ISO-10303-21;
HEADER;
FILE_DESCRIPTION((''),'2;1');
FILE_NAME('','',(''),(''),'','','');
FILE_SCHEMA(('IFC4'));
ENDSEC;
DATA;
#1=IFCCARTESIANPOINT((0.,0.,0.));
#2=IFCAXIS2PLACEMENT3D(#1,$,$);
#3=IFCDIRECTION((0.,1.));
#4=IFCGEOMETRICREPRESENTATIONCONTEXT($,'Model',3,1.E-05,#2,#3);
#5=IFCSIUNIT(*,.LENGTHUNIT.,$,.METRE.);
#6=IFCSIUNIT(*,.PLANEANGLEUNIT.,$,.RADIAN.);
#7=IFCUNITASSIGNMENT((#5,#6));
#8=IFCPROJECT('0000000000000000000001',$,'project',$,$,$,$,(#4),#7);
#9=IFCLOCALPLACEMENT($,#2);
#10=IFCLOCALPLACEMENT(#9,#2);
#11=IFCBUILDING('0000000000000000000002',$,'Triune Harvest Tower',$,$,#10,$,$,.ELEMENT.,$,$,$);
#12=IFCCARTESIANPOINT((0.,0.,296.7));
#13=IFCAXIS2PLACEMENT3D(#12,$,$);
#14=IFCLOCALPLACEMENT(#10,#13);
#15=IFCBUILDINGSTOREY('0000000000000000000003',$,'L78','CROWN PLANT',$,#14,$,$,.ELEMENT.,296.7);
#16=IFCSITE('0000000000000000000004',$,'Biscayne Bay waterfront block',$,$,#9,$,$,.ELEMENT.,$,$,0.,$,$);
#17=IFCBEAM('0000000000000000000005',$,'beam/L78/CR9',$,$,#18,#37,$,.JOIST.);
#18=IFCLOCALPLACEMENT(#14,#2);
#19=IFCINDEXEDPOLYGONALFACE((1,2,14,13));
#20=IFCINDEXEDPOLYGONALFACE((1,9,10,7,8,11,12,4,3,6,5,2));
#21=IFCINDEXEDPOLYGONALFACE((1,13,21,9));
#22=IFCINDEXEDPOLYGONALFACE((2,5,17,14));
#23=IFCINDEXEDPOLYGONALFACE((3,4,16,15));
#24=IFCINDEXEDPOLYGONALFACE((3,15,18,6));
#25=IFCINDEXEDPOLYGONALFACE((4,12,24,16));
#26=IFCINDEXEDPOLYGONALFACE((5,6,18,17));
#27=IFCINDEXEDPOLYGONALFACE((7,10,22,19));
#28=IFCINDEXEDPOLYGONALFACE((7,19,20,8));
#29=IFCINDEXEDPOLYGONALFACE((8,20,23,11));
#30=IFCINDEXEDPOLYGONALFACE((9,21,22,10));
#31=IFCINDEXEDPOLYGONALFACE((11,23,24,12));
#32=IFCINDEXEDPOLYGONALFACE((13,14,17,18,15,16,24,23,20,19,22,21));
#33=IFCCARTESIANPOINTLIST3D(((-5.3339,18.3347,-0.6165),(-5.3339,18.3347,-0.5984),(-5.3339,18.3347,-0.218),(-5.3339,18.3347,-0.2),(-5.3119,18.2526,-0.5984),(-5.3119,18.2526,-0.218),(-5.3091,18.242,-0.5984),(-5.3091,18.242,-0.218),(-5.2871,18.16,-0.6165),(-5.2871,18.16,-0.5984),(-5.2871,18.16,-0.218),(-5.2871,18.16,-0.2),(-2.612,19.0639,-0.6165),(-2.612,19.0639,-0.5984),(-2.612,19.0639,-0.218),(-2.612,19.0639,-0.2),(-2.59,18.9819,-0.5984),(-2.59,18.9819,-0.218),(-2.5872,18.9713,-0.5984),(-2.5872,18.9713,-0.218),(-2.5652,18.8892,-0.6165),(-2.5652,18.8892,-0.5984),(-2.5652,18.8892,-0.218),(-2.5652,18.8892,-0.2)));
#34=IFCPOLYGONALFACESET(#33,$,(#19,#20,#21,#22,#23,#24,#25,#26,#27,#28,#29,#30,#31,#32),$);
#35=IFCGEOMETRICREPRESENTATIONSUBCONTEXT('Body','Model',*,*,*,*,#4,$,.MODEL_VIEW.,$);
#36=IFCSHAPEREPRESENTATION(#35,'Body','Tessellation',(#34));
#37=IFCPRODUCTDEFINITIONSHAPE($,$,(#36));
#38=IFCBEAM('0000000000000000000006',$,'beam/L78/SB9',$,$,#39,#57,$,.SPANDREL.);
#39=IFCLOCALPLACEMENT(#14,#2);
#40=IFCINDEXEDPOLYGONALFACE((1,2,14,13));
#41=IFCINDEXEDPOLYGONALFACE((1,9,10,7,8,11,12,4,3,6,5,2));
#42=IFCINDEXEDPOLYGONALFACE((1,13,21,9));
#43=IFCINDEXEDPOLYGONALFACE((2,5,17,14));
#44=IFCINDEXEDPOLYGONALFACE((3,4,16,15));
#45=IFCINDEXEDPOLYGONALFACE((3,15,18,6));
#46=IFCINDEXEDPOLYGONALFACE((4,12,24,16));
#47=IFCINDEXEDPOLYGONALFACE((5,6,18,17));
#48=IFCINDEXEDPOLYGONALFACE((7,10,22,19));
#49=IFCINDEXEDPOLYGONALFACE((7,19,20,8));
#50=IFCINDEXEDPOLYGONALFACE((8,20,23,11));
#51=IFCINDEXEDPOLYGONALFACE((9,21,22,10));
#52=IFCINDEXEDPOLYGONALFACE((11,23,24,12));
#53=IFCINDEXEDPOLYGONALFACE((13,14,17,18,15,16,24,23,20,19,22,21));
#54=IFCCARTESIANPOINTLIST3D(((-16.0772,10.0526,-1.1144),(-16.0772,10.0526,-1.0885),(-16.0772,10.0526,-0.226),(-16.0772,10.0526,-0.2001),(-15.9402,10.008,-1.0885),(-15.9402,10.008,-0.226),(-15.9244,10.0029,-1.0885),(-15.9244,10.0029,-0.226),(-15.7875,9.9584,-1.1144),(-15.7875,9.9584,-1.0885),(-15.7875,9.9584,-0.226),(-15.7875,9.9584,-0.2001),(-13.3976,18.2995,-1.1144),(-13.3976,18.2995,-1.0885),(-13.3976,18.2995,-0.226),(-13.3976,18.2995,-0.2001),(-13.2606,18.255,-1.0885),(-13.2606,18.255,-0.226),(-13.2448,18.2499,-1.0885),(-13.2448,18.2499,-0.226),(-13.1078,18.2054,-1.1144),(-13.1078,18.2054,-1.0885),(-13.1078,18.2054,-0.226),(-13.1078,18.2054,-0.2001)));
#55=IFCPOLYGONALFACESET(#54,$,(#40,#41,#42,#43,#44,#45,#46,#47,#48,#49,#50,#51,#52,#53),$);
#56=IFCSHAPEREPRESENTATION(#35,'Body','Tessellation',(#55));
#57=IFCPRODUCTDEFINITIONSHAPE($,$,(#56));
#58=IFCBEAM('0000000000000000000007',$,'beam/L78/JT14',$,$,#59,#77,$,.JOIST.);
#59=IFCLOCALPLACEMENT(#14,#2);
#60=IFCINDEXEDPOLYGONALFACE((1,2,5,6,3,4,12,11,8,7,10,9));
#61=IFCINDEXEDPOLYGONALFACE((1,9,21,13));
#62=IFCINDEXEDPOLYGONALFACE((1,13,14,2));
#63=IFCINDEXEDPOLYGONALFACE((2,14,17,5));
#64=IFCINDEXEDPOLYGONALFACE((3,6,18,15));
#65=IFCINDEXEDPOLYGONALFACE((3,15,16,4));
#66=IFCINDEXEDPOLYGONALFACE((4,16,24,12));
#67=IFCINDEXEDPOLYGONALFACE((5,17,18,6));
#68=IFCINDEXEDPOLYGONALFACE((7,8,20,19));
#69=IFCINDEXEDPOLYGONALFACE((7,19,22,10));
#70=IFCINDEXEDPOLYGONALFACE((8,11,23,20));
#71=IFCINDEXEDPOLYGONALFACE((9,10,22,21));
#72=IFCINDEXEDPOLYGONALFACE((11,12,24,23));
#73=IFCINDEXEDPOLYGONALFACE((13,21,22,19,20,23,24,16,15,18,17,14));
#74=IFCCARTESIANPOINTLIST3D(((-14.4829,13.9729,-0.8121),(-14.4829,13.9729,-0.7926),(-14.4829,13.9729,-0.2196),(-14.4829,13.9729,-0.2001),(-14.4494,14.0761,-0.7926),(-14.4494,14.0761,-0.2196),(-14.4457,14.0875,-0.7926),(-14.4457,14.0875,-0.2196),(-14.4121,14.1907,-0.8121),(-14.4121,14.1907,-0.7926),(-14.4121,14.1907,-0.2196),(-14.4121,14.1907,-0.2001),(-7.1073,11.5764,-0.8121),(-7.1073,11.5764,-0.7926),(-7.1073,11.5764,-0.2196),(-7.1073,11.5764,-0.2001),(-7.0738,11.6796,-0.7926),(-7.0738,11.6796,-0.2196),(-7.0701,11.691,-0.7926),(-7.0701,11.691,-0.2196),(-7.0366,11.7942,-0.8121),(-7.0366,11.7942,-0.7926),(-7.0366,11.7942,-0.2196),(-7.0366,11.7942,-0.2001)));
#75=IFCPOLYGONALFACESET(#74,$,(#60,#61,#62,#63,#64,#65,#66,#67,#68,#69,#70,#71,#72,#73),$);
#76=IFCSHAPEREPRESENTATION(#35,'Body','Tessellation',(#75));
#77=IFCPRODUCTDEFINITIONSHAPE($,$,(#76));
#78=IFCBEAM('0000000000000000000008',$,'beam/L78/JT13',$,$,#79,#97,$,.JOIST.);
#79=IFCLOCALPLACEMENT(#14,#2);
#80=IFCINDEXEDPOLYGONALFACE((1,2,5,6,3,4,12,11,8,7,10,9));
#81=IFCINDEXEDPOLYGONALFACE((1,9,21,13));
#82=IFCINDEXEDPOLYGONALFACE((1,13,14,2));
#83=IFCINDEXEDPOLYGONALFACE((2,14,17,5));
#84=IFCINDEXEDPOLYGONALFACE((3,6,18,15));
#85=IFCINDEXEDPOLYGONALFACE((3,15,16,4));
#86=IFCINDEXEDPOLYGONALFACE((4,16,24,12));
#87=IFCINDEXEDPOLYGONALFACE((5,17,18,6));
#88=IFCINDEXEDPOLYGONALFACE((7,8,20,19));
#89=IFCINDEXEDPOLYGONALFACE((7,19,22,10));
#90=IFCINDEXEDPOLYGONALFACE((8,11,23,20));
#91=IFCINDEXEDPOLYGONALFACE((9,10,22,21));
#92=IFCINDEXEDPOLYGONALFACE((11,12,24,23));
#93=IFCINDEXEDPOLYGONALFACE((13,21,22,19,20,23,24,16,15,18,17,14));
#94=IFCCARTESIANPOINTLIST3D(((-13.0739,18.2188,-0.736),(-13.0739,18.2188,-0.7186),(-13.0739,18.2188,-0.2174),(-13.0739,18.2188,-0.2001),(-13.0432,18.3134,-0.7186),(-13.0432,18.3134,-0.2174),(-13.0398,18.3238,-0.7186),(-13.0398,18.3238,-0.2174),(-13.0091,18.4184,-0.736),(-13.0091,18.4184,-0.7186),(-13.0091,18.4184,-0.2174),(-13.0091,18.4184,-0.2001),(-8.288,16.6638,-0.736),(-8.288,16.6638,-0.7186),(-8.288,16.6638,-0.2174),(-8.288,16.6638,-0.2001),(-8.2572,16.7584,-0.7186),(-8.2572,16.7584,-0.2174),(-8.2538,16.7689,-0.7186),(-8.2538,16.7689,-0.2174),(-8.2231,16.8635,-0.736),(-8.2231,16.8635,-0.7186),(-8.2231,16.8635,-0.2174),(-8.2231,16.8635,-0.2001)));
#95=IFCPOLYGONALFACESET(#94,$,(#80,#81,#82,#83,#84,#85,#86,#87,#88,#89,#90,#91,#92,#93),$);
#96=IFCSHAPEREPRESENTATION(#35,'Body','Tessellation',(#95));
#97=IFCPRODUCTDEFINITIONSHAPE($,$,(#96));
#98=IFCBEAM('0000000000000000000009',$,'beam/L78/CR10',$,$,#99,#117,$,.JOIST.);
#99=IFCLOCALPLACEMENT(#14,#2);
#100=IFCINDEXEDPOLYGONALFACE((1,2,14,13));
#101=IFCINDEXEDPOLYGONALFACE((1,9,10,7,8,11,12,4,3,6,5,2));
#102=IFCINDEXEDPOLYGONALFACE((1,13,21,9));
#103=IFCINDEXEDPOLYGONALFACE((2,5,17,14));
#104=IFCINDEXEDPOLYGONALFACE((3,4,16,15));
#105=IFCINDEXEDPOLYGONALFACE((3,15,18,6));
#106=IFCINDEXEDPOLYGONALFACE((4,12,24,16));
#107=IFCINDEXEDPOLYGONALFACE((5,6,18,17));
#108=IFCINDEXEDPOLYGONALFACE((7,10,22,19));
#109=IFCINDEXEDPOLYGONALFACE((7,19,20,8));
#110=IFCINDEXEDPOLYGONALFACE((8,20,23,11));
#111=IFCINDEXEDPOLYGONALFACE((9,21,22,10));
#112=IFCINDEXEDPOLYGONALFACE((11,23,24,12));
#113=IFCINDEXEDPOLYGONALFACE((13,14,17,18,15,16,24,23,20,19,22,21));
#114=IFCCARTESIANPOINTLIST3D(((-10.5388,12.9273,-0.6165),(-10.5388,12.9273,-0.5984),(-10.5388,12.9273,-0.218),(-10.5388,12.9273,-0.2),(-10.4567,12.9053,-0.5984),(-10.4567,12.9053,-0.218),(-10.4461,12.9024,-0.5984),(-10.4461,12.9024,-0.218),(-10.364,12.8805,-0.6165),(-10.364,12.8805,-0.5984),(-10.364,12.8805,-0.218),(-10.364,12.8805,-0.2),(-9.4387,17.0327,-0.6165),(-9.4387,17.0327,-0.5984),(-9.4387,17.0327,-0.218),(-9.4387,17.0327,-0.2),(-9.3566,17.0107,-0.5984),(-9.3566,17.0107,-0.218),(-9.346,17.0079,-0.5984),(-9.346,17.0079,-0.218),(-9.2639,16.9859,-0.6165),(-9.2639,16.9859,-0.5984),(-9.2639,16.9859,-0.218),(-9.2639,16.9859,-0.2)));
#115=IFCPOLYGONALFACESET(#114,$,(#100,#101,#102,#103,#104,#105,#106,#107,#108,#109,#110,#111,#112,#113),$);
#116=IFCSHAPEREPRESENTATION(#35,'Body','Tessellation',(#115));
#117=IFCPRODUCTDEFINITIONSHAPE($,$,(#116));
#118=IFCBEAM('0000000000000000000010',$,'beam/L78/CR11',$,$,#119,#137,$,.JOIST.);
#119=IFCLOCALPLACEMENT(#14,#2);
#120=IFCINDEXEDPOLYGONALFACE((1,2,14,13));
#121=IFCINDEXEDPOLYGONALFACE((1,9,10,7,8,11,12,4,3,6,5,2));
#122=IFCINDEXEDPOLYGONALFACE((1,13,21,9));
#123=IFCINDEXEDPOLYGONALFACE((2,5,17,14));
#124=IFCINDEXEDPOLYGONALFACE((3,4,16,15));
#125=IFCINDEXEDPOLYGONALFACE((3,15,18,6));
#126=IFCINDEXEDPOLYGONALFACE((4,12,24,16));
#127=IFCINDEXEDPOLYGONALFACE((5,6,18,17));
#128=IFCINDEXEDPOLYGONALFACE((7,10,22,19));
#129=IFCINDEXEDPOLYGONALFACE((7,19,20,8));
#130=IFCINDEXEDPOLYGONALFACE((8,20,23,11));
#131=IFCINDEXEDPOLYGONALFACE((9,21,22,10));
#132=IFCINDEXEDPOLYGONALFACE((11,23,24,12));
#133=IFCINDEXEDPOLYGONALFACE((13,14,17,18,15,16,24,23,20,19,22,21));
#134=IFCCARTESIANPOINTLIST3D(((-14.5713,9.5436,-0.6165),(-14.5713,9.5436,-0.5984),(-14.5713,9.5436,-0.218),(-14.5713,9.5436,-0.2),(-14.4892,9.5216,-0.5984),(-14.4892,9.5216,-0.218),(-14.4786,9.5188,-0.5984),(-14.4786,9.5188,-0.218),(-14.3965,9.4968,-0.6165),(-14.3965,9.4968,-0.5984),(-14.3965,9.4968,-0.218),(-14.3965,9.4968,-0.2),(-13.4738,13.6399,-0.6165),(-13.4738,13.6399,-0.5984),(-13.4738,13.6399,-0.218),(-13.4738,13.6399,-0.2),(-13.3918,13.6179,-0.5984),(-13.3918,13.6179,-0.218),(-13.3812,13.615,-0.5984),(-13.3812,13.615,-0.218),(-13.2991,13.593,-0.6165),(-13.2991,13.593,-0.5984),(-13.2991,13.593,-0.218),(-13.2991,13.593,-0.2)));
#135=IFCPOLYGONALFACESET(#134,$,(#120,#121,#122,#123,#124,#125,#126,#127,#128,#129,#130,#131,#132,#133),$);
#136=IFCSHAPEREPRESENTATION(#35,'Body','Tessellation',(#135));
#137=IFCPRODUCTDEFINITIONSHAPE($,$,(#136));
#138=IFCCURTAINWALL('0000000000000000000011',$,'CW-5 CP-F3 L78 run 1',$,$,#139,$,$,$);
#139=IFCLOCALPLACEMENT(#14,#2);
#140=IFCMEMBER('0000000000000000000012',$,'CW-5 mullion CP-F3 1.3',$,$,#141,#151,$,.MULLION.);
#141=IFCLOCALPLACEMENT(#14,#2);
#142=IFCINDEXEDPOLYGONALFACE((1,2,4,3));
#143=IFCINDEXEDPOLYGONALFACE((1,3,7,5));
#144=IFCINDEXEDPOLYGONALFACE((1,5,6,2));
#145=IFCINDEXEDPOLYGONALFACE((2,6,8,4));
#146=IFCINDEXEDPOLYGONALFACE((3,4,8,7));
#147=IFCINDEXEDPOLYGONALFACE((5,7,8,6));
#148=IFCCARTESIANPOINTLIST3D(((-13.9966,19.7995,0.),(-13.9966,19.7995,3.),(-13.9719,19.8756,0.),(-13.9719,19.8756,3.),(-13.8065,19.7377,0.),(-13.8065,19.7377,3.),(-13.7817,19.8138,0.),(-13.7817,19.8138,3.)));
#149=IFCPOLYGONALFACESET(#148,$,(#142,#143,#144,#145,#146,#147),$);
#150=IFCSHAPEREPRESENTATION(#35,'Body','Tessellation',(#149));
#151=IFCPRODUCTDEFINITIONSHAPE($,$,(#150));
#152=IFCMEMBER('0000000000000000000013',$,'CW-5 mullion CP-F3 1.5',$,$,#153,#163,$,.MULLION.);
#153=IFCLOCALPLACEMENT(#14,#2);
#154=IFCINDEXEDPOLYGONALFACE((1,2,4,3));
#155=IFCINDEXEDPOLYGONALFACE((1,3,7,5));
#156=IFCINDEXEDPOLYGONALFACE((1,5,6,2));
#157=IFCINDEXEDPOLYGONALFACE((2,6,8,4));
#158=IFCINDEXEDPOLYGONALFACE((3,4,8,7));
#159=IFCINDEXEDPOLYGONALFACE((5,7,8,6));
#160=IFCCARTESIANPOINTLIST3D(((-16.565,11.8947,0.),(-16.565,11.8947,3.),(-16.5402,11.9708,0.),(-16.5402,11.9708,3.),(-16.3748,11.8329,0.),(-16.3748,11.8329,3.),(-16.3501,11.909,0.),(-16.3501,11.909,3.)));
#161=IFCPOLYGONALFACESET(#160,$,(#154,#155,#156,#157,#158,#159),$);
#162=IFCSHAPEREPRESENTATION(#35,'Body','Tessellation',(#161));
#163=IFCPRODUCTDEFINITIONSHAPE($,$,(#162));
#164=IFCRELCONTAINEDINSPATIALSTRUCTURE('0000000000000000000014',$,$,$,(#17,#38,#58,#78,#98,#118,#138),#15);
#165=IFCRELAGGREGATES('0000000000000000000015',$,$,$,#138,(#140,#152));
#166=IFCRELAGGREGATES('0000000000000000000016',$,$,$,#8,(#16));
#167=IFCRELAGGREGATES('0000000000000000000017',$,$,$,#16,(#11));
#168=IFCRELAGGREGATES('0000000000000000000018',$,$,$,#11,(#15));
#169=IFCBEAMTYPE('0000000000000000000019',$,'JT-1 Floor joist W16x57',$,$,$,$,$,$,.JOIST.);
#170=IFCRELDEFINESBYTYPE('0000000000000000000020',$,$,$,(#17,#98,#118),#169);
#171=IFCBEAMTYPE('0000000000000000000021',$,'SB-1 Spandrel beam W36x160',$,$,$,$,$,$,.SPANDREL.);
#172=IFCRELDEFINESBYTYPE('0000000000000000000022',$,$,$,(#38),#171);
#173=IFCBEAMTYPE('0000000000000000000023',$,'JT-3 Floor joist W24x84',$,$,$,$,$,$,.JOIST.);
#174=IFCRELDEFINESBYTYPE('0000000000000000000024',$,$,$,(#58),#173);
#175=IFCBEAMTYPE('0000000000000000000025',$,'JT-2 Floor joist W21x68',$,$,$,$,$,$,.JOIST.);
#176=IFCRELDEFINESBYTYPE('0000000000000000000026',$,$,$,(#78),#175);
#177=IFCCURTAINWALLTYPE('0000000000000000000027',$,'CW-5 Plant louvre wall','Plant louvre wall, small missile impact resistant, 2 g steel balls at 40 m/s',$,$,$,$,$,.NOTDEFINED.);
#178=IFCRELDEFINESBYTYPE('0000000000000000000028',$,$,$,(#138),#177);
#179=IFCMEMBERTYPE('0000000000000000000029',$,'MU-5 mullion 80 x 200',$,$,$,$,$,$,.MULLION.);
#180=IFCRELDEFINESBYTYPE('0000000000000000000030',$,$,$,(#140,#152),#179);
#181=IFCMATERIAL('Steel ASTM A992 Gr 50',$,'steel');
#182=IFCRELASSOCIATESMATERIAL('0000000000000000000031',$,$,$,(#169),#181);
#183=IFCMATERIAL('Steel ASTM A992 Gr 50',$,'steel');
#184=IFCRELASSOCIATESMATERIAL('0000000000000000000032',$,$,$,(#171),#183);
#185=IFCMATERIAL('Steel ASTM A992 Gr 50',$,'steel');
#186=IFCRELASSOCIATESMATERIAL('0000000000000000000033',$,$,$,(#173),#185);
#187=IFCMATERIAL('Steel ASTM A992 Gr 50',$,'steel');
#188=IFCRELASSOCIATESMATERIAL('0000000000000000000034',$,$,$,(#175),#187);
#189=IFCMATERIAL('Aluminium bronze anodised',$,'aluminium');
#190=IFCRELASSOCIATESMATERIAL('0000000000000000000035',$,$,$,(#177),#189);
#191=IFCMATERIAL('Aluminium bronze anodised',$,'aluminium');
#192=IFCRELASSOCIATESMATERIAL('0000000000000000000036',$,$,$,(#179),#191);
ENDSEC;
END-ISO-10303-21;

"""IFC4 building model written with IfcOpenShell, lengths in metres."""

from ifc_helpers import new_model, si_unit, direction, frame, origin, origin_2d, place, context, subcontext, project, spatial, rectangle, i_section, extrude, source, transform, mapped, material, material_profile, profile_set, type_object, element, aggregate, save


model = new_model("IFC4")

# Units and contexts
model_context = context("Model", 3, precision=1e-05, world=origin(), true_north=direction((0.0, 1.0)))
body_context = subcontext(model_context, "Body", "Model", "MODEL_VIEW")
ifc_project = project(units=[si_unit("LENGTHUNIT", "METRE"), si_unit("PLANEANGLEUNIT", "RADIAN")], contexts=[model_context])

# Site, building, storey
site_placement = place(None, origin())
site = spatial("IfcSite", under=ifc_project, at=site_placement, Name="Biscayne Bay waterfront block", CompositionType="ELEMENT", RefElevation=0.0)
building_placement = place(site_placement, origin())
building = spatial("IfcBuilding", under=site, at=building_placement, Name="Triune Harvest Tower", CompositionType="ELEMENT")
storey_placement = place(building_placement, frame((0.0, 0.0, 296.7)))
storey = spatial("IfcBuildingStorey", under=building, at=storey_placement, Name="L78", Description="CROWN PLANT", CompositionType="ELEMENT", Elevation=296.7)

# Beams
ifc_material_1 = material(Name="Steel ASTM A992 Gr 50", Category="steel")
ifc_material_profile_1 = material_profile(ifc_material_1, i_section(OverallWidth=0.1809, OverallDepth=0.4165, WebThickness=0.011, FlangeThickness=0.0181, at=origin_2d()), Name="W16x57")
ifc_profile_set_1 = profile_set([ifc_material_profile_1], Name="Steel ASTM A992 Gr 50")
beam_type_1 = type_object("IfcBeamType", Name="JT-1 Floor joist W16x57", PredefinedType="JOIST", material=ifc_profile_set_1)
beam_1_placement = place(storey_placement, frame((-2.5886, 18.9766, -0.4082), z_axis=(-0.965934, -0.258789, 0.0), x_axis=(0.258789, -0.965934, 0.0)))
element("IfcBeam", 1, at=beam_1_placement, inside=storey, type_object=beam_type_1, Name="beam/L78/CR9", PredefinedType="JOIST", context=body_context, shape_type="SweptSolid", body=[
    extrude(i_section(OverallWidth=0.1809, OverallDepth=0.4165, WebThickness=0.011, FlangeThickness=0.0181, at=origin_2d()), origin(), (0.0, 0.0, 1.0), 2.8179),
])
ifc_material_2 = material(Name="Steel ASTM A992 Gr 50", Category="steel")
ifc_material_profile_2 = material_profile(ifc_material_2, i_section(OverallWidth=0.3047, OverallDepth=0.9143, WebThickness=0.0166, FlangeThickness=0.0259, at=origin_2d()), Name="W36x160")
ifc_profile_set_2 = profile_set([ifc_material_profile_2], Name="Steel ASTM A992 Gr 50")
beam_type_2 = type_object("IfcBeamType", Name="SB-1 Spandrel beam W36x160", PredefinedType="SPANDREL", material=ifc_profile_set_2)
shared_shape_1 = source(origin(), body_context, "Body", "SweptSolid", [
    extrude(i_section(OverallWidth=0.3047, OverallDepth=0.9143, WebThickness=0.0166, FlangeThickness=0.0259, at=origin_2d()), origin(), (0.0, 0.0, 1.0), 8.6714),
])
beam_2_placement = place(storey_placement, frame((-13.2527, 18.2524, -0.6572), z_axis=(-0.309022, -0.951055, 0.0), x_axis=(0.951055, -0.309022, 0.0)))
element("IfcBeam", 2, at=beam_2_placement, inside=storey, type_object=beam_type_2, Name="beam/L78/SB9", PredefinedType="SPANDREL", context=body_context, shape_type="MappedRepresentation", body=[
    mapped(shared_shape_1, transform((0.0, 0.0, 0.0), scale=1.0)),
])
ifc_material_3 = material(Name="Steel ASTM A992 Gr 50", Category="steel")
ifc_material_profile_3 = material_profile(ifc_material_3, i_section(OverallWidth=0.229, OverallDepth=0.6121, WebThickness=0.012, FlangeThickness=0.0195, at=origin_2d()), Name="W24x84")
ifc_profile_set_3 = profile_set([ifc_material_profile_3], Name="Steel ASTM A992 Gr 50")
beam_type_3 = type_object("IfcBeamType", Name="JT-3 Floor joist W24x84", PredefinedType="JOIST", material=ifc_profile_set_3)
shared_shape_2 = source(origin(), body_context, "Body", "SweptSolid", [
    extrude(i_section(OverallWidth=0.229, OverallDepth=0.6121, WebThickness=0.012, FlangeThickness=0.0195, at=origin_2d()), origin(), (0.0, 0.0, 1.0), 7.7551),
])
beam_3_placement = place(storey_placement, frame((-14.4475, 14.0818, -0.5061), z_axis=(0.951055, -0.309022, 0.0), x_axis=(0.309022, 0.951055, 0.0)))
element("IfcBeam", 3, at=beam_3_placement, inside=storey, type_object=beam_type_3, Name="beam/L78/JT14", PredefinedType="JOIST", context=body_context, shape_type="MappedRepresentation", body=[
    mapped(shared_shape_2, transform((0.0, 0.0, 0.0), scale=1.0)),
])
ifc_material_4 = material(Name="Steel ASTM A992 Gr 50", Category="steel")
ifc_material_profile_4 = material_profile(ifc_material_4, i_section(OverallWidth=0.21, OverallDepth=0.5359, WebThickness=0.011, FlangeThickness=0.0173, at=origin_2d()), Name="W21x68")
ifc_profile_set_4 = profile_set([ifc_material_profile_4], Name="Steel ASTM A992 Gr 50")
beam_type_4 = type_object("IfcBeamType", Name="JT-2 Floor joist W21x68", PredefinedType="JOIST", material=ifc_profile_set_4)
shared_shape_3 = source(origin(), body_context, "Body", "SweptSolid", [
    extrude(i_section(OverallWidth=0.21, OverallDepth=0.5359, WebThickness=0.011, FlangeThickness=0.0173, at=origin_2d()), origin(), (0.0, 0.0, 1.0), 5.0322),
])
beam_4_placement = place(storey_placement, frame((-13.0415, 18.3186, -0.468), z_axis=(0.951062, -0.308999, 0.0), x_axis=(0.308999, 0.951062, 0.0)))
element("IfcBeam", 4, at=beam_4_placement, inside=storey, type_object=beam_type_4, Name="beam/L78/JT13", PredefinedType="JOIST", context=body_context, shape_type="MappedRepresentation", body=[
    mapped(shared_shape_3, transform((0.0, 0.0, 0.0), scale=1.0)),
])
shared_shape_4 = source(origin(), body_context, "Body", "SweptSolid", [
    extrude(i_section(OverallWidth=0.1809, OverallDepth=0.4165, WebThickness=0.011, FlangeThickness=0.0181, at=origin_2d()), origin(), (0.0, 0.0, 1.0), 4.2502),
])
beam_5_placement = place(storey_placement, frame((-9.3513, 17.0093, -0.4082), z_axis=(-0.258828, -0.965923, 0.0), x_axis=(0.965923, -0.258828, 0.0)))
element("IfcBeam", 5, at=beam_5_placement, inside=storey, type_object=beam_type_1, Name="beam/L78/CR10", PredefinedType="JOIST", context=body_context, shape_type="MappedRepresentation", body=[
    mapped(shared_shape_4, transform((0.0, 0.0, 0.0), scale=1.0)),
])
shared_shape_5 = source(origin(), body_context, "Body", "SweptSolid", [
    extrude(i_section(OverallWidth=0.1809, OverallDepth=0.4165, WebThickness=0.011, FlangeThickness=0.0181, at=origin_2d()), origin(), (0.0, 0.0, 1.0), 4.2407),
])
beam_6_placement = place(storey_placement, frame((-13.3865, 13.6165, -0.4082), z_axis=(-0.258784, -0.965935, 0.0), x_axis=(0.965935, -0.258784, 0.0)))
element("IfcBeam", 6, at=beam_6_placement, inside=storey, type_object=beam_type_1, Name="beam/L78/CR11", PredefinedType="JOIST", context=body_context, shape_type="MappedRepresentation", body=[
    mapped(shared_shape_5, transform((0.0, 0.0, 0.0), scale=1.0)),
])

# Curtain wall, members
ifc_material_5 = material(Name="Aluminium bronze anodised", Category="aluminium")
curtain_wall_type = type_object("IfcCurtainWallType", Name="CW-5 Plant louvre wall", Description="Plant louvre wall, small missile impact resistant, 2 g steel balls at 40 m/s", PredefinedType="NOTDEFINED", material=ifc_material_5)
curtain_wall_placement = place(storey_placement, origin())
curtain_wall = element("IfcCurtainWall", 7, at=curtain_wall_placement, inside=storey, type_object=curtain_wall_type, Name="CW-5 CP-F3 L78 run 1")
ifc_material_6 = material(Name="Aluminium bronze anodised", Category="aluminium")
ifc_material_profile_5 = material_profile(ifc_material_6, rectangle(XDim=0.2, YDim=0.0801, at=origin_2d()), Name="MU-5 mullion 80 x 200")
ifc_profile_set_5 = profile_set([ifc_material_profile_5], Name="Aluminium bronze anodised")
member_type_1 = type_object("IfcMemberType", Name="MU-5 mullion 80 x 200", PredefinedType="MULLION", material=ifc_profile_set_5)
shared_shape_6 = source(origin(), body_context, "Body", "SweptSolid", [
    extrude(rectangle(XDim=0.2, YDim=0.0801, at=origin_2d()), origin(), (0.0, 0.0, 1.0), 3.0),
])
member_1_placement = place(storey_placement, frame((-13.8892, 19.8066, 0.0), z_axis=(0.0, 0.0, 1.0), x_axis=(0.951057, -0.309016, 0.0)))
member_1 = element("IfcMember", 8, at=member_1_placement, type_object=member_type_1, Name="CW-5 mullion CP-F3 1.3", PredefinedType="MULLION", context=body_context, shape_type="MappedRepresentation", body=[
    mapped(shared_shape_6, transform((0.0, 0.0, 0.0), scale=1.0)),
])
member_2_placement = place(storey_placement, frame((-16.4575, 11.9019, 0.0), z_axis=(0.0, 0.0, 1.0), x_axis=(0.951057, -0.309016, 0.0)))
member_2 = element("IfcMember", 9, at=member_2_placement, type_object=member_type_1, Name="CW-5 mullion CP-F3 1.5", PredefinedType="MULLION", context=body_context, shape_type="MappedRepresentation", body=[
    mapped(shared_shape_6, transform((0.0, 0.0, 0.0), scale=1.0)),
])

aggregate(curtain_wall, [member_1, member_2])

save(model, "model.ifc")
